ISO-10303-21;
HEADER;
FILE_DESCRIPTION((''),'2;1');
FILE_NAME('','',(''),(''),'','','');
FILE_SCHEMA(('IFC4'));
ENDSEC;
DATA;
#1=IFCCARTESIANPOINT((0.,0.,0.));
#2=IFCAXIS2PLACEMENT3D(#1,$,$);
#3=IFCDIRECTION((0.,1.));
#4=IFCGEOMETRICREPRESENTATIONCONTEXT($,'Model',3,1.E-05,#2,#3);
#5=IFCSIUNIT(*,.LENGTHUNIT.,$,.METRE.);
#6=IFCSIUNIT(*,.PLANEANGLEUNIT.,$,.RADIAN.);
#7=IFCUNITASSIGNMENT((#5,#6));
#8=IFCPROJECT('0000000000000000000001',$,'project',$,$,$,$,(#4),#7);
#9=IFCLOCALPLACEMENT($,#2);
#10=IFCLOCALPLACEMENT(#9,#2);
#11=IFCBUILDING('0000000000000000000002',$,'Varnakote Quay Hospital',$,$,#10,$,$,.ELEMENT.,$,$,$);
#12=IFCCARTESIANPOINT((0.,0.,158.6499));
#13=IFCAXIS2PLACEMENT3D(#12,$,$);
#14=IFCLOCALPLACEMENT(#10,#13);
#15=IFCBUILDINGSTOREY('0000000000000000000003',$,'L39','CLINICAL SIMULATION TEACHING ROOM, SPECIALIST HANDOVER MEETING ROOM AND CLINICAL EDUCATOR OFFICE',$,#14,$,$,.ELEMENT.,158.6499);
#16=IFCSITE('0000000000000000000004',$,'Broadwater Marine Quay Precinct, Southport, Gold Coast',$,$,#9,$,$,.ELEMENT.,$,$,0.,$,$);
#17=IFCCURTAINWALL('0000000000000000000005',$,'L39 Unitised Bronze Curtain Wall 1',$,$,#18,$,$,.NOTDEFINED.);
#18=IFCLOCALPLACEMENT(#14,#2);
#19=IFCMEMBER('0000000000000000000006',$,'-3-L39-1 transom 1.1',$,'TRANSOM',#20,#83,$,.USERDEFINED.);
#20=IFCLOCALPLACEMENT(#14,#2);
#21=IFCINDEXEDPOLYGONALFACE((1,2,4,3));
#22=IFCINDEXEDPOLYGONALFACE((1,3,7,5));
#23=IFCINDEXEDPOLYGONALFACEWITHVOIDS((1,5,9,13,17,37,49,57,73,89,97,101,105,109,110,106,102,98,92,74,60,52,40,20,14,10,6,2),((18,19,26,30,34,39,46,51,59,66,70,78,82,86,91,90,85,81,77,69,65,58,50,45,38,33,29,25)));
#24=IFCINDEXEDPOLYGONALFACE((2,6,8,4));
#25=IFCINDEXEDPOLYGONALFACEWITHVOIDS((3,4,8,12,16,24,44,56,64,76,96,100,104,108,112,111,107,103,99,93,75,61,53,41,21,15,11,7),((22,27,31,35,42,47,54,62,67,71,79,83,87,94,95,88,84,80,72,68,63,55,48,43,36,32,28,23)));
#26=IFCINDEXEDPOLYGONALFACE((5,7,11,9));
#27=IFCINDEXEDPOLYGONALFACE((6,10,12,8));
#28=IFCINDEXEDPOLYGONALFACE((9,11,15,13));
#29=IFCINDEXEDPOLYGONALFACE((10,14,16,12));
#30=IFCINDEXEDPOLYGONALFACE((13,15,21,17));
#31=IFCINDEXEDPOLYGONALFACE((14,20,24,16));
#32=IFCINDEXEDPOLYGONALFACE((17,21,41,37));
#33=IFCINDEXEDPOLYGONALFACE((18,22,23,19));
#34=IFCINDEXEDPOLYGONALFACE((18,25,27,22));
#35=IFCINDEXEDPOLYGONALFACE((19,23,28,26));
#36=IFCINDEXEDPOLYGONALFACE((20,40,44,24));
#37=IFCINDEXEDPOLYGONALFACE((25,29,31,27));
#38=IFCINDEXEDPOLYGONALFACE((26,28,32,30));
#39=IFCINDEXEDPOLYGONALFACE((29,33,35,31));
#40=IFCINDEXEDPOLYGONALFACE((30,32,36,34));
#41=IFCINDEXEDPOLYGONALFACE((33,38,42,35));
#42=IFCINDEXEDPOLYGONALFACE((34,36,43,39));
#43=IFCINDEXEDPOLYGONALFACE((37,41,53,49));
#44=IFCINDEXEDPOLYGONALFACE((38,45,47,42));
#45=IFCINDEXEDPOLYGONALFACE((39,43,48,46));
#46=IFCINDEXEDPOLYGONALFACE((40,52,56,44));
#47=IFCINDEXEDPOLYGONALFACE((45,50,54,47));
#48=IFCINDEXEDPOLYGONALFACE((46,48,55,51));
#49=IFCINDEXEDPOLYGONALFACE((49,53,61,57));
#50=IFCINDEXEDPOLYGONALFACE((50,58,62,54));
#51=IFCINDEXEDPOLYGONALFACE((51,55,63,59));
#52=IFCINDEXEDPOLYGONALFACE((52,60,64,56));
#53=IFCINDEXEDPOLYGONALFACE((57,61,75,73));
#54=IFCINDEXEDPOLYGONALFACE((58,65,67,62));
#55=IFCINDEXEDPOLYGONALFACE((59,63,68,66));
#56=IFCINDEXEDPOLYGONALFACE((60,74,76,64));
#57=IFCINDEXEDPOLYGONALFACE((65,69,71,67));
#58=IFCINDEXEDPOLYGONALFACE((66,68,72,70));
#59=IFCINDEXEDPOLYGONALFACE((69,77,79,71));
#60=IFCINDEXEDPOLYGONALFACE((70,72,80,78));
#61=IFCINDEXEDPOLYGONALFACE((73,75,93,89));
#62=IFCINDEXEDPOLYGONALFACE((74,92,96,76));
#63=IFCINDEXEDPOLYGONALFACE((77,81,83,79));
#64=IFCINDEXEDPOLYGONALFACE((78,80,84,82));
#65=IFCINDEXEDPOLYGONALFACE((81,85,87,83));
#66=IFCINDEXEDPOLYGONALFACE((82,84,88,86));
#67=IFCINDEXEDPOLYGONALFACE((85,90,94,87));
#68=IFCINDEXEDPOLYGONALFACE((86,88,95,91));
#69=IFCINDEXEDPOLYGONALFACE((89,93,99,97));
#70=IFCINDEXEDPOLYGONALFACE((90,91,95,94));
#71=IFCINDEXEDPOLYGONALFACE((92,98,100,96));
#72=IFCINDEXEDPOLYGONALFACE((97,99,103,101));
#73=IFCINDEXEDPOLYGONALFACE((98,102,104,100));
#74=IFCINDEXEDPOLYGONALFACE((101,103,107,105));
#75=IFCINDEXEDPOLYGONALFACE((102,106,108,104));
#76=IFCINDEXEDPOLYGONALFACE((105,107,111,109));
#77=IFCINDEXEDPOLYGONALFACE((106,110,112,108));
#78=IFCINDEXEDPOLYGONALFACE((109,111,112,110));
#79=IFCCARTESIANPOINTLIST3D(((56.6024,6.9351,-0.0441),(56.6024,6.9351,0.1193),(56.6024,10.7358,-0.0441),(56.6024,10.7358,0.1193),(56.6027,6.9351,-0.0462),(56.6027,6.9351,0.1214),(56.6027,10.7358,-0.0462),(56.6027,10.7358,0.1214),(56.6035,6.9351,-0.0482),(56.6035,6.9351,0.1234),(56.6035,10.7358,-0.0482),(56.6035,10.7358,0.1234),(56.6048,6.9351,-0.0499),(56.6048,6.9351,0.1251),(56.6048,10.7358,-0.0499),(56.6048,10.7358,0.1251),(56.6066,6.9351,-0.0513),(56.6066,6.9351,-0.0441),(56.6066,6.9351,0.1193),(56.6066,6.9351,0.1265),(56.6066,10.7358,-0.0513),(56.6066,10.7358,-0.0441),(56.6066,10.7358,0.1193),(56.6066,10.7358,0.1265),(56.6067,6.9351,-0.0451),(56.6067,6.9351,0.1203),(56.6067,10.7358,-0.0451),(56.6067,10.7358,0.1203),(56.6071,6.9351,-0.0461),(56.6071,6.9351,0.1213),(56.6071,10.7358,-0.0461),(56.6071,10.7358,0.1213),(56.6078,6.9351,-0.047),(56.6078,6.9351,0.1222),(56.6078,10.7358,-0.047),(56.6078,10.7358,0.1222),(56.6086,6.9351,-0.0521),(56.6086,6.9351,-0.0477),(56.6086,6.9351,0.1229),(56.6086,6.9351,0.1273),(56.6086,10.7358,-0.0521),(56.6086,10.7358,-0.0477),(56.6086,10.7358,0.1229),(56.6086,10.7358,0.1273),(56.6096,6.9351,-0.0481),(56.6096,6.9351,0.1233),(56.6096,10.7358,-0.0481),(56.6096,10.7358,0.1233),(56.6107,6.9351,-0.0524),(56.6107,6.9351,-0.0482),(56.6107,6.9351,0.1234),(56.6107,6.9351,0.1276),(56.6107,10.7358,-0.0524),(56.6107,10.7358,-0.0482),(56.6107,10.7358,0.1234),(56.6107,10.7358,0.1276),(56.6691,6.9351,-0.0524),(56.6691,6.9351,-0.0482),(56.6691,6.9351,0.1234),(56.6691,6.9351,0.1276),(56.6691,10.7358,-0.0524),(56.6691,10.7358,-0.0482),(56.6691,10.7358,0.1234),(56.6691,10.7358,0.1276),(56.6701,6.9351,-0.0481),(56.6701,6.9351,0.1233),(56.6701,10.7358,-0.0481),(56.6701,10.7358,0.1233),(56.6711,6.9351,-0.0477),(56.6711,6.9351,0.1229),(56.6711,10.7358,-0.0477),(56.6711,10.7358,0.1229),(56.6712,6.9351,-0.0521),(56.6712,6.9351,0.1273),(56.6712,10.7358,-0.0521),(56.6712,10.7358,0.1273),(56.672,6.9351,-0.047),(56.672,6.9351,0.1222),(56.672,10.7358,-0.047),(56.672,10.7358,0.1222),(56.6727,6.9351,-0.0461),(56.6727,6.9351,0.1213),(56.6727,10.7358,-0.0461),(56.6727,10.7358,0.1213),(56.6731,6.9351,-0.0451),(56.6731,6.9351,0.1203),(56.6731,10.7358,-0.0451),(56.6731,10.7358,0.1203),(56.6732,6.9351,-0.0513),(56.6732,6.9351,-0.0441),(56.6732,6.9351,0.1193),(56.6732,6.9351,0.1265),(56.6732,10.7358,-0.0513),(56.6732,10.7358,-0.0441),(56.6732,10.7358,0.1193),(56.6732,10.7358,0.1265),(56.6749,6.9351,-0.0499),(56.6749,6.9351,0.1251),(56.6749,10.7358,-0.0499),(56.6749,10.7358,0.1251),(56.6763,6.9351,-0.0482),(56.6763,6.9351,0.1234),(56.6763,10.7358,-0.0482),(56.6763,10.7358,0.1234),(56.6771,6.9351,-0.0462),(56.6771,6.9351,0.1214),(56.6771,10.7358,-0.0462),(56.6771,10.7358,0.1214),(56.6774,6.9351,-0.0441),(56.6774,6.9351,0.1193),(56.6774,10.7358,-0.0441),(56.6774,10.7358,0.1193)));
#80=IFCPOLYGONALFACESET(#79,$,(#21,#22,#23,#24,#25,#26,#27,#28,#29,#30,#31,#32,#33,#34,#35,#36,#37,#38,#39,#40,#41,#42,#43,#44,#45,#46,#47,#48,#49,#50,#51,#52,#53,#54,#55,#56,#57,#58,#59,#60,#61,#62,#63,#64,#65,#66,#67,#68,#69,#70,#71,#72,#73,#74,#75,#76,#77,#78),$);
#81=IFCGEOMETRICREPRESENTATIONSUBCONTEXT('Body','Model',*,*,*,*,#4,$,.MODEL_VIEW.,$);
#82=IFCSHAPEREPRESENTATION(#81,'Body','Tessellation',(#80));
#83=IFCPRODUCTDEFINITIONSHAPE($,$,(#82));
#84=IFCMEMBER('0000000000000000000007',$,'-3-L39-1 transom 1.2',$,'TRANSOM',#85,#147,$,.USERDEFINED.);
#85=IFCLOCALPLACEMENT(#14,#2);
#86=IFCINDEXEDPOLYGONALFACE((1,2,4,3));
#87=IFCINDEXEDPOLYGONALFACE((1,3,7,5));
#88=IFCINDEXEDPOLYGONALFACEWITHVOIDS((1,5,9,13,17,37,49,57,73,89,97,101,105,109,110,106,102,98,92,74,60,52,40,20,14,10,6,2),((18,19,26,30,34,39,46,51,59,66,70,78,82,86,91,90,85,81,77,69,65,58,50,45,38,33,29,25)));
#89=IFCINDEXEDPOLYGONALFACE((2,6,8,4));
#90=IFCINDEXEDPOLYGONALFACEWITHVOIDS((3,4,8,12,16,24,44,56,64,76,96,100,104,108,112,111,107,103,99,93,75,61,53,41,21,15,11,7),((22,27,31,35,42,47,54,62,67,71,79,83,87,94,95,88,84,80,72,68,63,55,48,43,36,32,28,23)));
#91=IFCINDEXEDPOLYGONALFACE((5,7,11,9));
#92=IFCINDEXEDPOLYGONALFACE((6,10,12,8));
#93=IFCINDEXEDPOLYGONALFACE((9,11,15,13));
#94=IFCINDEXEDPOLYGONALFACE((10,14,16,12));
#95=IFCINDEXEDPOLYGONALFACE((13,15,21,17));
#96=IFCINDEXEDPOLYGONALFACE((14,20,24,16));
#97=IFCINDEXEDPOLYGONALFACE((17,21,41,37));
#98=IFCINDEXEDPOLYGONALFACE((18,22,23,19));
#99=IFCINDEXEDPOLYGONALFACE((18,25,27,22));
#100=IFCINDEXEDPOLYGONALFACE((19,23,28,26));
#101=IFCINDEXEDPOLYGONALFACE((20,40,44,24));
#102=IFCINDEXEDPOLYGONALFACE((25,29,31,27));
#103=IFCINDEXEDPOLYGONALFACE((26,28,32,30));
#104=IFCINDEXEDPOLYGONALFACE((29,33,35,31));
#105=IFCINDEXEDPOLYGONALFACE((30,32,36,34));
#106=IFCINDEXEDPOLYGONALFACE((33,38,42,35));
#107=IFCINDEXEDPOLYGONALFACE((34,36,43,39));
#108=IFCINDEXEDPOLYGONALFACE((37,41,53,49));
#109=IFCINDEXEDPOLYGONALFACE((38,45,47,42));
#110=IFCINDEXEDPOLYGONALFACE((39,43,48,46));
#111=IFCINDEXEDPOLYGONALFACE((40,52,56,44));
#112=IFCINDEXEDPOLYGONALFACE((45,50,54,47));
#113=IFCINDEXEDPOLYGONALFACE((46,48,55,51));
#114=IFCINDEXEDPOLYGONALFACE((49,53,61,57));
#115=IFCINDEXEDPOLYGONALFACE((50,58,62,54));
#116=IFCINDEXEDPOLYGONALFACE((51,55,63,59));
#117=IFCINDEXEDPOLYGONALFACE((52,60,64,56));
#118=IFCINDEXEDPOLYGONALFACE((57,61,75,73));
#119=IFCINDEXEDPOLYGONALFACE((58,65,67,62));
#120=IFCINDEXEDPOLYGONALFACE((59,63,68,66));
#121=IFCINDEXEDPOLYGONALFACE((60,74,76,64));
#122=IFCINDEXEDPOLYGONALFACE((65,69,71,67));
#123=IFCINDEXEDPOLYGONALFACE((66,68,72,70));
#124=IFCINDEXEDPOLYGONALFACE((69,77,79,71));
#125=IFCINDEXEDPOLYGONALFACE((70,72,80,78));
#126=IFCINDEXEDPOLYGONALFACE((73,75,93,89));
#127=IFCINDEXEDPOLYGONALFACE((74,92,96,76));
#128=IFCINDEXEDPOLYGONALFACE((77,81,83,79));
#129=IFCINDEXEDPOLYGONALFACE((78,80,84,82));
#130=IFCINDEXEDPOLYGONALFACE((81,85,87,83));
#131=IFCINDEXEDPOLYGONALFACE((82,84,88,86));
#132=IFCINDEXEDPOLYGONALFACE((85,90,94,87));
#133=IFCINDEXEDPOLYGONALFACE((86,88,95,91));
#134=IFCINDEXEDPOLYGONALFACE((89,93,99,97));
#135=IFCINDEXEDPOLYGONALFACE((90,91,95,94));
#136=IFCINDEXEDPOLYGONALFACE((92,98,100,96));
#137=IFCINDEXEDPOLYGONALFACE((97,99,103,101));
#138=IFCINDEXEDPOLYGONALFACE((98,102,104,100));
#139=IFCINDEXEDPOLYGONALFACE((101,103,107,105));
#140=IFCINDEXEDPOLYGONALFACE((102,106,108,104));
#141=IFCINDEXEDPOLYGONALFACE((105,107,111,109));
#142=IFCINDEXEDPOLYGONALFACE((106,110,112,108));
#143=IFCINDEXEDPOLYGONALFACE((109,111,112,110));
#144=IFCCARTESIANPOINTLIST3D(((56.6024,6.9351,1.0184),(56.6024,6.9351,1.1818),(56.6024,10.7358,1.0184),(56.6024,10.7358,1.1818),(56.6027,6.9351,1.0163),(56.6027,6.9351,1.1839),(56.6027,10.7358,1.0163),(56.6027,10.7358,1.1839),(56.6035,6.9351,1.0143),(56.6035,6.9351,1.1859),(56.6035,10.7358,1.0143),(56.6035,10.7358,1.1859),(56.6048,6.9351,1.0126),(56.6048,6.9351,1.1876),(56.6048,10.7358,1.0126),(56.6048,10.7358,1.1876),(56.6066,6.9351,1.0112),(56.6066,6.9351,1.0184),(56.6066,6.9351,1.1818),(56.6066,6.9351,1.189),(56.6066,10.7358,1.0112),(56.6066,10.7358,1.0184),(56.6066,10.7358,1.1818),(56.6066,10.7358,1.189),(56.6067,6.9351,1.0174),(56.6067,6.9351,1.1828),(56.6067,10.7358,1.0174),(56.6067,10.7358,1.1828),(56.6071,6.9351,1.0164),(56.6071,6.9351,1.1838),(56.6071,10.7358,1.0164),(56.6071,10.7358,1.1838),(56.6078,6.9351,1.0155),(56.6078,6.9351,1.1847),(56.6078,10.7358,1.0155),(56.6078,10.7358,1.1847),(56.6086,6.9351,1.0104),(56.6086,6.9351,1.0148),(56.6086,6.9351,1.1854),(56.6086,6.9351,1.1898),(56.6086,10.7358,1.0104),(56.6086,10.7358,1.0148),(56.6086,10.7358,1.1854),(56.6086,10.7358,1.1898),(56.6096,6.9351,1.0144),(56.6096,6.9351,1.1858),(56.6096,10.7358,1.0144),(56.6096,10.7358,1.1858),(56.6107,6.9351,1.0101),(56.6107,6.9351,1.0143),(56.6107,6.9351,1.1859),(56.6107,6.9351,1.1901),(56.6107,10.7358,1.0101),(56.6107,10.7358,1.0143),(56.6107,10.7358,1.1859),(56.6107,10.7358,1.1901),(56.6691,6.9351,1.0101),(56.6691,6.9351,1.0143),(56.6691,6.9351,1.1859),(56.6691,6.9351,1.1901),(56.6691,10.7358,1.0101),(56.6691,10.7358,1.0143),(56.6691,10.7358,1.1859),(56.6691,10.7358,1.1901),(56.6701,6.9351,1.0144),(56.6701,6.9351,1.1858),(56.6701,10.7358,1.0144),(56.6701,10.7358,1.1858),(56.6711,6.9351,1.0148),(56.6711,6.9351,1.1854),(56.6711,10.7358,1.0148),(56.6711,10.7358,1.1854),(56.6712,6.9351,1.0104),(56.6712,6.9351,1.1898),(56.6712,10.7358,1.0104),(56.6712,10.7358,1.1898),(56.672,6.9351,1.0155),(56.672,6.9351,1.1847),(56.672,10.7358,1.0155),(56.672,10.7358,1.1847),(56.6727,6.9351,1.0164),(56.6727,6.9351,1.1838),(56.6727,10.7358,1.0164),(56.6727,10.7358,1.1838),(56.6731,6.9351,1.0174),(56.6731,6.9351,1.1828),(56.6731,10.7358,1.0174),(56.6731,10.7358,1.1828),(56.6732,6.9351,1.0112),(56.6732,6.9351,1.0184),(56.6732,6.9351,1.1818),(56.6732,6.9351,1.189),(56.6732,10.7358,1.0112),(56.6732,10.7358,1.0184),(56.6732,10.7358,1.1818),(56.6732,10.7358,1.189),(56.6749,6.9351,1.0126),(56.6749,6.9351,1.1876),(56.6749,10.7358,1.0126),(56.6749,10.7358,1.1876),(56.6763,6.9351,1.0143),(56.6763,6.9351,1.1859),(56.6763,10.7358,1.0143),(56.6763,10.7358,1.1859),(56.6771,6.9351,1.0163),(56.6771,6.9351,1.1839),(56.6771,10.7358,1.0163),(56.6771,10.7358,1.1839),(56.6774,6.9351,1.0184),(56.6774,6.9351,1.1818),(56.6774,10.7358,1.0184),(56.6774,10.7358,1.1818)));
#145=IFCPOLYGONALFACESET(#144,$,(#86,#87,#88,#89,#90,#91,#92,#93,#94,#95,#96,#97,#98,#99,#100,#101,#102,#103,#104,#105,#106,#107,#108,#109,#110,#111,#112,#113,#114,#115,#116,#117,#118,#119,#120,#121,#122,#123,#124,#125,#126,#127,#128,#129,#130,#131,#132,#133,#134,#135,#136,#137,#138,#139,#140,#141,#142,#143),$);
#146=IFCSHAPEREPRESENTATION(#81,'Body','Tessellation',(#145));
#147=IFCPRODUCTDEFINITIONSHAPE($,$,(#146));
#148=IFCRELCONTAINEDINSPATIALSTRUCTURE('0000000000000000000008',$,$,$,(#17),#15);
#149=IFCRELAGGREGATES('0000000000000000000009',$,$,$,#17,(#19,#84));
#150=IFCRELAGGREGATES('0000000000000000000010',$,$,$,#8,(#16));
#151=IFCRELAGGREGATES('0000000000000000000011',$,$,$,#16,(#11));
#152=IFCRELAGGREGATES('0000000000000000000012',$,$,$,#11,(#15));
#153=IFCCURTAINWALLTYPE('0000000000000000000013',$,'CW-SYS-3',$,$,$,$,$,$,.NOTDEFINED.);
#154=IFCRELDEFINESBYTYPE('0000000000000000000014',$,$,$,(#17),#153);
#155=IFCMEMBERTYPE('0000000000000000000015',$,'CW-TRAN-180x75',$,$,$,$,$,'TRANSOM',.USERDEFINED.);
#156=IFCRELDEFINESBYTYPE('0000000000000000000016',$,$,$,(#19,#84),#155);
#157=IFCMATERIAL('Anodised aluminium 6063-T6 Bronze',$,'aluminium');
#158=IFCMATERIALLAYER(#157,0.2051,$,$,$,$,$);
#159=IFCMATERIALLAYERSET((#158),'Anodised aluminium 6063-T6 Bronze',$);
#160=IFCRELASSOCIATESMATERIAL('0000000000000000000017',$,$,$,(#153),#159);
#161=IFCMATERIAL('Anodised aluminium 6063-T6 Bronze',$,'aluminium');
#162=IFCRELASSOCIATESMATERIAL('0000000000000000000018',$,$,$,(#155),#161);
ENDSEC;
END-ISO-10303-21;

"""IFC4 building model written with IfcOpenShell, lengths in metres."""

from ifc_helpers import new_model, si_unit, direction, frame, origin, origin_2d, place, context, subcontext, project, spatial, hollow_rectangle, extrude, material, layer, layer_set, material_profile, profile_set, type_object, element, aggregate, save


model = new_model("IFC4")

# Units and contexts
model_context = context("Model", 3, precision=1e-05, world=origin(), true_north=direction((0.0, 1.0)))
body_context = subcontext(model_context, "Body", "Model", "MODEL_VIEW")
ifc_project = project(units=[si_unit("LENGTHUNIT", "METRE"), si_unit("PLANEANGLEUNIT", "RADIAN")], contexts=[model_context])

# Site, building, storey
site_placement = place(None, origin())
site = spatial("IfcSite", under=ifc_project, at=site_placement, Name="Broadwater Marine Quay Precinct, Southport, Gold Coast", CompositionType="ELEMENT", RefElevation=0.0)
building_placement = place(site_placement, origin())
building = spatial("IfcBuilding", under=site, at=building_placement, Name="Varnakote Quay Hospital", CompositionType="ELEMENT")
storey_placement = place(building_placement, frame((0.0, 0.0, 158.6499)))
storey = spatial("IfcBuildingStorey", under=building, at=storey_placement, Name="L39", Description="CLINICAL SIMULATION TEACHING ROOM, SPECIALIST HANDOVER MEETING ROOM AND CLINICAL EDUCATOR OFFICE", CompositionType="ELEMENT", Elevation=158.6499)

# Curtain wall, members
ifc_material_1 = material(Name="Anodised aluminium 6063-T6 Bronze", Category="aluminium")
ifc_layer_1 = layer(ifc_material_1, 0.2051)
ifc_layer_set_1 = layer_set([ifc_layer_1], Name="Anodised aluminium 6063-T6 Bronze")
curtain_wall_type = type_object("IfcCurtainWallType", Name="CW-SYS-3", PredefinedType="NOTDEFINED", material=ifc_layer_set_1)
curtain_wall_placement = place(storey_placement, origin())
curtain_wall = element("IfcCurtainWall", 1, at=curtain_wall_placement, inside=storey, type_object=curtain_wall_type, Name="L39 Unitised Bronze Curtain Wall 1", PredefinedType="NOTDEFINED")
ifc_material_2 = material(Name="Anodised aluminium 6063-T6 Bronze", Category="aluminium")
ifc_material_profile_1 = material_profile(ifc_material_2, hollow_rectangle(XDim=0.075, YDim=0.1799, WallThickness=0.0042, InnerFilletRadius=0.0042, OuterFilletRadius=0.0083, at=origin_2d()), Name="CW-TRAN-180x75")
ifc_profile_set_1 = profile_set([ifc_material_profile_1], Name="Anodised aluminium 6063-T6 Bronze")
member_type_1 = type_object("IfcMemberType", Name="CW-TRAN-180x75", ElementType="TRANSOM", PredefinedType="USERDEFINED", material=ifc_profile_set_1)
member_1_placement = place(storey_placement, frame((56.6399, 6.9351, 0.0376), z_axis=(0.0, 1.0, 0.0), x_axis=(-1.0, 0.0, 0.0)))
member_1 = element("IfcMember", 2, at=member_1_placement, type_object=member_type_1, Name="-3-L39-1 transom 1.1", ObjectType="TRANSOM", PredefinedType="USERDEFINED", context=body_context, shape_type="SweptSolid", body=[
    extrude(hollow_rectangle(XDim=0.075, YDim=0.1799, WallThickness=0.0042, InnerFilletRadius=0.0042, OuterFilletRadius=0.0083, at=origin_2d()), origin(), (0.0, 0.0, 1.0), 3.8008),
])
member_2_placement = place(storey_placement, frame((56.6399, 6.9351, 1.1001), z_axis=(0.0, 1.0, 0.0), x_axis=(-1.0, 0.0, 0.0)))
member_2 = element("IfcMember", 3, at=member_2_placement, type_object=member_type_1, Name="-3-L39-1 transom 1.2", ObjectType="TRANSOM", PredefinedType="USERDEFINED", context=body_context, shape_type="SweptSolid", body=[
    extrude(hollow_rectangle(XDim=0.075, YDim=0.1799, WallThickness=0.0042, InnerFilletRadius=0.0042, OuterFilletRadius=0.0083, at=origin_2d()), origin(), (0.0, 0.0, 1.0), 3.8008),
])
aggregate(curtain_wall, [member_1, member_2])

save(model, "model.ifc")
